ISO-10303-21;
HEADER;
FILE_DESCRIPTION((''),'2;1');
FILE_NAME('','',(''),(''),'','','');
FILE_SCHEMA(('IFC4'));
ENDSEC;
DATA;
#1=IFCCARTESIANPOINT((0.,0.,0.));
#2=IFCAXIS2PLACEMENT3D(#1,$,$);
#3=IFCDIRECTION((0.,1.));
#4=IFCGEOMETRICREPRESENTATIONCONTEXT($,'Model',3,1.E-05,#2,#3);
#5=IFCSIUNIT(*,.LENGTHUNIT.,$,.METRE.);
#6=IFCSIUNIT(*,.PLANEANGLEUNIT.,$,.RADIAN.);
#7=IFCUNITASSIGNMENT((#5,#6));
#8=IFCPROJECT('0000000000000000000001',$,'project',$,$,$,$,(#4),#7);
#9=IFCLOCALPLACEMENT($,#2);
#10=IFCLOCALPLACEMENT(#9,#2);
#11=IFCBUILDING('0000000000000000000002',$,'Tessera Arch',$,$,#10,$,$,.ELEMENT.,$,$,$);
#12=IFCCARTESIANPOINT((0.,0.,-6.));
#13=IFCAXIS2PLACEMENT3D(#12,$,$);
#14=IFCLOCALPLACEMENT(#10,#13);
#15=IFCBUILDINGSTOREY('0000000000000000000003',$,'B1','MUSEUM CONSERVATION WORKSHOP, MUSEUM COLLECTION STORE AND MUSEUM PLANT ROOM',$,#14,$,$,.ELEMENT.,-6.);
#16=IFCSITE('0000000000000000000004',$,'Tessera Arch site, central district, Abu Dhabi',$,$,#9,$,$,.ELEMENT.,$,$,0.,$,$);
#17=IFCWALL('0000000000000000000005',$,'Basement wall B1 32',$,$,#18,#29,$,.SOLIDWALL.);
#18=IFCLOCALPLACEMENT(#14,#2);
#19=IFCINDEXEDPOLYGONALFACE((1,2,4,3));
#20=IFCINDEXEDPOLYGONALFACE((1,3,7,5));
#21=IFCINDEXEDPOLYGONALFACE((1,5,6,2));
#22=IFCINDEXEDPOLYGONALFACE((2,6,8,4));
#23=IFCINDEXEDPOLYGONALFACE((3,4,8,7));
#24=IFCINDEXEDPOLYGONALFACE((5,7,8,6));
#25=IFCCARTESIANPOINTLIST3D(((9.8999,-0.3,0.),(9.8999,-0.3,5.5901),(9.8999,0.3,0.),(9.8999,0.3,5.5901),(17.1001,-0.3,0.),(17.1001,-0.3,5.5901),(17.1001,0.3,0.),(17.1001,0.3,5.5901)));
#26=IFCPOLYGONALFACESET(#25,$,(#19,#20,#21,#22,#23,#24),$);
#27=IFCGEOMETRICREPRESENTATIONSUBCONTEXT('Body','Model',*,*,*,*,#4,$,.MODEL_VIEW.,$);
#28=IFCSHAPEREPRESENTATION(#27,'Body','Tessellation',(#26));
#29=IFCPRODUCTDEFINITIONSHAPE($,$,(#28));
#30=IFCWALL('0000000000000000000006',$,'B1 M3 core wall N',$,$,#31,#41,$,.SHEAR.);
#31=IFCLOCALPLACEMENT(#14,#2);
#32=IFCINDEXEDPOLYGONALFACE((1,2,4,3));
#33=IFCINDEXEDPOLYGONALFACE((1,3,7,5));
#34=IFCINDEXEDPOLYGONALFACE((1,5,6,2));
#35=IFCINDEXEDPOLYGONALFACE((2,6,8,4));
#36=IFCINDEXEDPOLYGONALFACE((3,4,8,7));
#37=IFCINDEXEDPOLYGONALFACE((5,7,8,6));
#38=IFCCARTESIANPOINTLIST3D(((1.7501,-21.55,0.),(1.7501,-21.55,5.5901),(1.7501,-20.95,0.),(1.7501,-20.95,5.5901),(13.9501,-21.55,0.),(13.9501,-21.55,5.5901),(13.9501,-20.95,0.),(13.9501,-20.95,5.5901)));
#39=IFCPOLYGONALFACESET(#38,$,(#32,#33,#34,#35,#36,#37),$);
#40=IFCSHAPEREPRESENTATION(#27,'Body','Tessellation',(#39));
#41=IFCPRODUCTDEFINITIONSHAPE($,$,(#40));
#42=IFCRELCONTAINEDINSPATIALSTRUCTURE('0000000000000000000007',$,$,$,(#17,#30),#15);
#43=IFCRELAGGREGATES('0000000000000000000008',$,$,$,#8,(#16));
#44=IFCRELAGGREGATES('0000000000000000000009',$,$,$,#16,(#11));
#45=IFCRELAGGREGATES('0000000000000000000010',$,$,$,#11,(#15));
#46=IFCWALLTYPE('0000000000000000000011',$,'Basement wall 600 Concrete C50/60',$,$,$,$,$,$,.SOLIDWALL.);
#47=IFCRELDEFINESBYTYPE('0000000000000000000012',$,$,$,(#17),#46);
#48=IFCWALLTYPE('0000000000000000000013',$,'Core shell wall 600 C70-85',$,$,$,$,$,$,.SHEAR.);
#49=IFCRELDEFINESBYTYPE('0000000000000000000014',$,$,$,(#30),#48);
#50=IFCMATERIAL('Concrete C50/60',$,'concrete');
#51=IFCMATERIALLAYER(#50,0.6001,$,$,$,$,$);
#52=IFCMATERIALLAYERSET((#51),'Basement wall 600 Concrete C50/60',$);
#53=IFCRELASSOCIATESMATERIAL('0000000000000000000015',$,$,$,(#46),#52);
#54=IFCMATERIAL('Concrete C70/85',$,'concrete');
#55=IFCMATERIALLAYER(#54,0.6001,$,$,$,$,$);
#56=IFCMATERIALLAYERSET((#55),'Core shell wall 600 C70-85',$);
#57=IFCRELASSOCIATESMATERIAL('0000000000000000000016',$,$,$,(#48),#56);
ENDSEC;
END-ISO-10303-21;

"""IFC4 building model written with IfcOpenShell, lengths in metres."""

from ifc_helpers import new_model, si_unit, direction, frame, frame_2d, origin, place, context, subcontext, project, spatial, rectangle, extrude, material, layer, layer_set, type_object, element, save


model = new_model("IFC4")

# Units and contexts
model_context = context("Model", 3, precision=1e-05, world=origin(), true_north=direction((0.0, 1.0)))
body_context = subcontext(model_context, "Body", "Model", "MODEL_VIEW")
ifc_project = project(units=[si_unit("LENGTHUNIT", "METRE"), si_unit("PLANEANGLEUNIT", "RADIAN")], contexts=[model_context])

# Site, building, storey
site_placement = place(None, origin())
site = spatial("IfcSite", under=ifc_project, at=site_placement, Name="Tessera Arch site, central district, Abu Dhabi", CompositionType="ELEMENT", RefElevation=0.0)
building_placement = place(site_placement, origin())
building = spatial("IfcBuilding", under=site, at=building_placement, Name="Tessera Arch", CompositionType="ELEMENT")
storey_placement = place(building_placement, frame((0.0, 0.0, -6.0)))
storey = spatial("IfcBuildingStorey", under=building, at=storey_placement, Name="B1", Description="MUSEUM CONSERVATION WORKSHOP, MUSEUM COLLECTION STORE AND MUSEUM PLANT ROOM", CompositionType="ELEMENT", Elevation=-6.0)

# Walls
ifc_material_1 = material(Name="Concrete C50/60", Category="concrete")
ifc_layer_1 = layer(ifc_material_1, 0.6001)
ifc_layer_set_1 = layer_set([ifc_layer_1], Name="Basement wall 600 Concrete C50/60")
wall_type_1 = type_object("IfcWallType", Name="Basement wall 600 Concrete C50/60", PredefinedType="SOLIDWALL", material=ifc_layer_set_1)
wall_1_placement = place(storey_placement, frame((9.8999, 0.0, 0.0), z_axis=(0.0, 0.0, 1.0), x_axis=(1.0, 0.0, 0.0)))
element("IfcWall", 1, at=wall_1_placement, inside=storey, type_object=wall_type_1, Name="Basement wall B1 32", PredefinedType="SOLIDWALL", context=body_context, shape_type="SweptSolid", body=[
    extrude(rectangle(XDim=7.2002, YDim=0.6001, at=frame_2d((3.6001, 0.0))), origin(), (0.0, 0.0, 1.0), 5.5901),
])
ifc_material_2 = material(Name="Concrete C70/85", Category="concrete")
ifc_layer_2 = layer(ifc_material_2, 0.6001)
ifc_layer_set_2 = layer_set([ifc_layer_2], Name="Core shell wall 600 C70-85")
wall_type_2 = type_object("IfcWallType", Name="Core shell wall 600 C70-85", PredefinedType="SHEAR", material=ifc_layer_set_2)
wall_2_placement = place(storey_placement, frame((1.75, -21.25, 0.0), z_axis=(0.0, 0.0, 1.0), x_axis=(1.0, 0.0, 0.0)))
element("IfcWall", 2, at=wall_2_placement, inside=storey, type_object=wall_type_2, Name="B1 M3 core wall N", PredefinedType="SHEAR", context=body_context, shape_type="SweptSolid", body=[
    extrude(rectangle(XDim=12.2, YDim=0.6001, at=frame_2d((6.1001, 0.0))), origin(), (0.0, 0.0, 1.0), 5.5901),
])

save(model, "model.ifc")
